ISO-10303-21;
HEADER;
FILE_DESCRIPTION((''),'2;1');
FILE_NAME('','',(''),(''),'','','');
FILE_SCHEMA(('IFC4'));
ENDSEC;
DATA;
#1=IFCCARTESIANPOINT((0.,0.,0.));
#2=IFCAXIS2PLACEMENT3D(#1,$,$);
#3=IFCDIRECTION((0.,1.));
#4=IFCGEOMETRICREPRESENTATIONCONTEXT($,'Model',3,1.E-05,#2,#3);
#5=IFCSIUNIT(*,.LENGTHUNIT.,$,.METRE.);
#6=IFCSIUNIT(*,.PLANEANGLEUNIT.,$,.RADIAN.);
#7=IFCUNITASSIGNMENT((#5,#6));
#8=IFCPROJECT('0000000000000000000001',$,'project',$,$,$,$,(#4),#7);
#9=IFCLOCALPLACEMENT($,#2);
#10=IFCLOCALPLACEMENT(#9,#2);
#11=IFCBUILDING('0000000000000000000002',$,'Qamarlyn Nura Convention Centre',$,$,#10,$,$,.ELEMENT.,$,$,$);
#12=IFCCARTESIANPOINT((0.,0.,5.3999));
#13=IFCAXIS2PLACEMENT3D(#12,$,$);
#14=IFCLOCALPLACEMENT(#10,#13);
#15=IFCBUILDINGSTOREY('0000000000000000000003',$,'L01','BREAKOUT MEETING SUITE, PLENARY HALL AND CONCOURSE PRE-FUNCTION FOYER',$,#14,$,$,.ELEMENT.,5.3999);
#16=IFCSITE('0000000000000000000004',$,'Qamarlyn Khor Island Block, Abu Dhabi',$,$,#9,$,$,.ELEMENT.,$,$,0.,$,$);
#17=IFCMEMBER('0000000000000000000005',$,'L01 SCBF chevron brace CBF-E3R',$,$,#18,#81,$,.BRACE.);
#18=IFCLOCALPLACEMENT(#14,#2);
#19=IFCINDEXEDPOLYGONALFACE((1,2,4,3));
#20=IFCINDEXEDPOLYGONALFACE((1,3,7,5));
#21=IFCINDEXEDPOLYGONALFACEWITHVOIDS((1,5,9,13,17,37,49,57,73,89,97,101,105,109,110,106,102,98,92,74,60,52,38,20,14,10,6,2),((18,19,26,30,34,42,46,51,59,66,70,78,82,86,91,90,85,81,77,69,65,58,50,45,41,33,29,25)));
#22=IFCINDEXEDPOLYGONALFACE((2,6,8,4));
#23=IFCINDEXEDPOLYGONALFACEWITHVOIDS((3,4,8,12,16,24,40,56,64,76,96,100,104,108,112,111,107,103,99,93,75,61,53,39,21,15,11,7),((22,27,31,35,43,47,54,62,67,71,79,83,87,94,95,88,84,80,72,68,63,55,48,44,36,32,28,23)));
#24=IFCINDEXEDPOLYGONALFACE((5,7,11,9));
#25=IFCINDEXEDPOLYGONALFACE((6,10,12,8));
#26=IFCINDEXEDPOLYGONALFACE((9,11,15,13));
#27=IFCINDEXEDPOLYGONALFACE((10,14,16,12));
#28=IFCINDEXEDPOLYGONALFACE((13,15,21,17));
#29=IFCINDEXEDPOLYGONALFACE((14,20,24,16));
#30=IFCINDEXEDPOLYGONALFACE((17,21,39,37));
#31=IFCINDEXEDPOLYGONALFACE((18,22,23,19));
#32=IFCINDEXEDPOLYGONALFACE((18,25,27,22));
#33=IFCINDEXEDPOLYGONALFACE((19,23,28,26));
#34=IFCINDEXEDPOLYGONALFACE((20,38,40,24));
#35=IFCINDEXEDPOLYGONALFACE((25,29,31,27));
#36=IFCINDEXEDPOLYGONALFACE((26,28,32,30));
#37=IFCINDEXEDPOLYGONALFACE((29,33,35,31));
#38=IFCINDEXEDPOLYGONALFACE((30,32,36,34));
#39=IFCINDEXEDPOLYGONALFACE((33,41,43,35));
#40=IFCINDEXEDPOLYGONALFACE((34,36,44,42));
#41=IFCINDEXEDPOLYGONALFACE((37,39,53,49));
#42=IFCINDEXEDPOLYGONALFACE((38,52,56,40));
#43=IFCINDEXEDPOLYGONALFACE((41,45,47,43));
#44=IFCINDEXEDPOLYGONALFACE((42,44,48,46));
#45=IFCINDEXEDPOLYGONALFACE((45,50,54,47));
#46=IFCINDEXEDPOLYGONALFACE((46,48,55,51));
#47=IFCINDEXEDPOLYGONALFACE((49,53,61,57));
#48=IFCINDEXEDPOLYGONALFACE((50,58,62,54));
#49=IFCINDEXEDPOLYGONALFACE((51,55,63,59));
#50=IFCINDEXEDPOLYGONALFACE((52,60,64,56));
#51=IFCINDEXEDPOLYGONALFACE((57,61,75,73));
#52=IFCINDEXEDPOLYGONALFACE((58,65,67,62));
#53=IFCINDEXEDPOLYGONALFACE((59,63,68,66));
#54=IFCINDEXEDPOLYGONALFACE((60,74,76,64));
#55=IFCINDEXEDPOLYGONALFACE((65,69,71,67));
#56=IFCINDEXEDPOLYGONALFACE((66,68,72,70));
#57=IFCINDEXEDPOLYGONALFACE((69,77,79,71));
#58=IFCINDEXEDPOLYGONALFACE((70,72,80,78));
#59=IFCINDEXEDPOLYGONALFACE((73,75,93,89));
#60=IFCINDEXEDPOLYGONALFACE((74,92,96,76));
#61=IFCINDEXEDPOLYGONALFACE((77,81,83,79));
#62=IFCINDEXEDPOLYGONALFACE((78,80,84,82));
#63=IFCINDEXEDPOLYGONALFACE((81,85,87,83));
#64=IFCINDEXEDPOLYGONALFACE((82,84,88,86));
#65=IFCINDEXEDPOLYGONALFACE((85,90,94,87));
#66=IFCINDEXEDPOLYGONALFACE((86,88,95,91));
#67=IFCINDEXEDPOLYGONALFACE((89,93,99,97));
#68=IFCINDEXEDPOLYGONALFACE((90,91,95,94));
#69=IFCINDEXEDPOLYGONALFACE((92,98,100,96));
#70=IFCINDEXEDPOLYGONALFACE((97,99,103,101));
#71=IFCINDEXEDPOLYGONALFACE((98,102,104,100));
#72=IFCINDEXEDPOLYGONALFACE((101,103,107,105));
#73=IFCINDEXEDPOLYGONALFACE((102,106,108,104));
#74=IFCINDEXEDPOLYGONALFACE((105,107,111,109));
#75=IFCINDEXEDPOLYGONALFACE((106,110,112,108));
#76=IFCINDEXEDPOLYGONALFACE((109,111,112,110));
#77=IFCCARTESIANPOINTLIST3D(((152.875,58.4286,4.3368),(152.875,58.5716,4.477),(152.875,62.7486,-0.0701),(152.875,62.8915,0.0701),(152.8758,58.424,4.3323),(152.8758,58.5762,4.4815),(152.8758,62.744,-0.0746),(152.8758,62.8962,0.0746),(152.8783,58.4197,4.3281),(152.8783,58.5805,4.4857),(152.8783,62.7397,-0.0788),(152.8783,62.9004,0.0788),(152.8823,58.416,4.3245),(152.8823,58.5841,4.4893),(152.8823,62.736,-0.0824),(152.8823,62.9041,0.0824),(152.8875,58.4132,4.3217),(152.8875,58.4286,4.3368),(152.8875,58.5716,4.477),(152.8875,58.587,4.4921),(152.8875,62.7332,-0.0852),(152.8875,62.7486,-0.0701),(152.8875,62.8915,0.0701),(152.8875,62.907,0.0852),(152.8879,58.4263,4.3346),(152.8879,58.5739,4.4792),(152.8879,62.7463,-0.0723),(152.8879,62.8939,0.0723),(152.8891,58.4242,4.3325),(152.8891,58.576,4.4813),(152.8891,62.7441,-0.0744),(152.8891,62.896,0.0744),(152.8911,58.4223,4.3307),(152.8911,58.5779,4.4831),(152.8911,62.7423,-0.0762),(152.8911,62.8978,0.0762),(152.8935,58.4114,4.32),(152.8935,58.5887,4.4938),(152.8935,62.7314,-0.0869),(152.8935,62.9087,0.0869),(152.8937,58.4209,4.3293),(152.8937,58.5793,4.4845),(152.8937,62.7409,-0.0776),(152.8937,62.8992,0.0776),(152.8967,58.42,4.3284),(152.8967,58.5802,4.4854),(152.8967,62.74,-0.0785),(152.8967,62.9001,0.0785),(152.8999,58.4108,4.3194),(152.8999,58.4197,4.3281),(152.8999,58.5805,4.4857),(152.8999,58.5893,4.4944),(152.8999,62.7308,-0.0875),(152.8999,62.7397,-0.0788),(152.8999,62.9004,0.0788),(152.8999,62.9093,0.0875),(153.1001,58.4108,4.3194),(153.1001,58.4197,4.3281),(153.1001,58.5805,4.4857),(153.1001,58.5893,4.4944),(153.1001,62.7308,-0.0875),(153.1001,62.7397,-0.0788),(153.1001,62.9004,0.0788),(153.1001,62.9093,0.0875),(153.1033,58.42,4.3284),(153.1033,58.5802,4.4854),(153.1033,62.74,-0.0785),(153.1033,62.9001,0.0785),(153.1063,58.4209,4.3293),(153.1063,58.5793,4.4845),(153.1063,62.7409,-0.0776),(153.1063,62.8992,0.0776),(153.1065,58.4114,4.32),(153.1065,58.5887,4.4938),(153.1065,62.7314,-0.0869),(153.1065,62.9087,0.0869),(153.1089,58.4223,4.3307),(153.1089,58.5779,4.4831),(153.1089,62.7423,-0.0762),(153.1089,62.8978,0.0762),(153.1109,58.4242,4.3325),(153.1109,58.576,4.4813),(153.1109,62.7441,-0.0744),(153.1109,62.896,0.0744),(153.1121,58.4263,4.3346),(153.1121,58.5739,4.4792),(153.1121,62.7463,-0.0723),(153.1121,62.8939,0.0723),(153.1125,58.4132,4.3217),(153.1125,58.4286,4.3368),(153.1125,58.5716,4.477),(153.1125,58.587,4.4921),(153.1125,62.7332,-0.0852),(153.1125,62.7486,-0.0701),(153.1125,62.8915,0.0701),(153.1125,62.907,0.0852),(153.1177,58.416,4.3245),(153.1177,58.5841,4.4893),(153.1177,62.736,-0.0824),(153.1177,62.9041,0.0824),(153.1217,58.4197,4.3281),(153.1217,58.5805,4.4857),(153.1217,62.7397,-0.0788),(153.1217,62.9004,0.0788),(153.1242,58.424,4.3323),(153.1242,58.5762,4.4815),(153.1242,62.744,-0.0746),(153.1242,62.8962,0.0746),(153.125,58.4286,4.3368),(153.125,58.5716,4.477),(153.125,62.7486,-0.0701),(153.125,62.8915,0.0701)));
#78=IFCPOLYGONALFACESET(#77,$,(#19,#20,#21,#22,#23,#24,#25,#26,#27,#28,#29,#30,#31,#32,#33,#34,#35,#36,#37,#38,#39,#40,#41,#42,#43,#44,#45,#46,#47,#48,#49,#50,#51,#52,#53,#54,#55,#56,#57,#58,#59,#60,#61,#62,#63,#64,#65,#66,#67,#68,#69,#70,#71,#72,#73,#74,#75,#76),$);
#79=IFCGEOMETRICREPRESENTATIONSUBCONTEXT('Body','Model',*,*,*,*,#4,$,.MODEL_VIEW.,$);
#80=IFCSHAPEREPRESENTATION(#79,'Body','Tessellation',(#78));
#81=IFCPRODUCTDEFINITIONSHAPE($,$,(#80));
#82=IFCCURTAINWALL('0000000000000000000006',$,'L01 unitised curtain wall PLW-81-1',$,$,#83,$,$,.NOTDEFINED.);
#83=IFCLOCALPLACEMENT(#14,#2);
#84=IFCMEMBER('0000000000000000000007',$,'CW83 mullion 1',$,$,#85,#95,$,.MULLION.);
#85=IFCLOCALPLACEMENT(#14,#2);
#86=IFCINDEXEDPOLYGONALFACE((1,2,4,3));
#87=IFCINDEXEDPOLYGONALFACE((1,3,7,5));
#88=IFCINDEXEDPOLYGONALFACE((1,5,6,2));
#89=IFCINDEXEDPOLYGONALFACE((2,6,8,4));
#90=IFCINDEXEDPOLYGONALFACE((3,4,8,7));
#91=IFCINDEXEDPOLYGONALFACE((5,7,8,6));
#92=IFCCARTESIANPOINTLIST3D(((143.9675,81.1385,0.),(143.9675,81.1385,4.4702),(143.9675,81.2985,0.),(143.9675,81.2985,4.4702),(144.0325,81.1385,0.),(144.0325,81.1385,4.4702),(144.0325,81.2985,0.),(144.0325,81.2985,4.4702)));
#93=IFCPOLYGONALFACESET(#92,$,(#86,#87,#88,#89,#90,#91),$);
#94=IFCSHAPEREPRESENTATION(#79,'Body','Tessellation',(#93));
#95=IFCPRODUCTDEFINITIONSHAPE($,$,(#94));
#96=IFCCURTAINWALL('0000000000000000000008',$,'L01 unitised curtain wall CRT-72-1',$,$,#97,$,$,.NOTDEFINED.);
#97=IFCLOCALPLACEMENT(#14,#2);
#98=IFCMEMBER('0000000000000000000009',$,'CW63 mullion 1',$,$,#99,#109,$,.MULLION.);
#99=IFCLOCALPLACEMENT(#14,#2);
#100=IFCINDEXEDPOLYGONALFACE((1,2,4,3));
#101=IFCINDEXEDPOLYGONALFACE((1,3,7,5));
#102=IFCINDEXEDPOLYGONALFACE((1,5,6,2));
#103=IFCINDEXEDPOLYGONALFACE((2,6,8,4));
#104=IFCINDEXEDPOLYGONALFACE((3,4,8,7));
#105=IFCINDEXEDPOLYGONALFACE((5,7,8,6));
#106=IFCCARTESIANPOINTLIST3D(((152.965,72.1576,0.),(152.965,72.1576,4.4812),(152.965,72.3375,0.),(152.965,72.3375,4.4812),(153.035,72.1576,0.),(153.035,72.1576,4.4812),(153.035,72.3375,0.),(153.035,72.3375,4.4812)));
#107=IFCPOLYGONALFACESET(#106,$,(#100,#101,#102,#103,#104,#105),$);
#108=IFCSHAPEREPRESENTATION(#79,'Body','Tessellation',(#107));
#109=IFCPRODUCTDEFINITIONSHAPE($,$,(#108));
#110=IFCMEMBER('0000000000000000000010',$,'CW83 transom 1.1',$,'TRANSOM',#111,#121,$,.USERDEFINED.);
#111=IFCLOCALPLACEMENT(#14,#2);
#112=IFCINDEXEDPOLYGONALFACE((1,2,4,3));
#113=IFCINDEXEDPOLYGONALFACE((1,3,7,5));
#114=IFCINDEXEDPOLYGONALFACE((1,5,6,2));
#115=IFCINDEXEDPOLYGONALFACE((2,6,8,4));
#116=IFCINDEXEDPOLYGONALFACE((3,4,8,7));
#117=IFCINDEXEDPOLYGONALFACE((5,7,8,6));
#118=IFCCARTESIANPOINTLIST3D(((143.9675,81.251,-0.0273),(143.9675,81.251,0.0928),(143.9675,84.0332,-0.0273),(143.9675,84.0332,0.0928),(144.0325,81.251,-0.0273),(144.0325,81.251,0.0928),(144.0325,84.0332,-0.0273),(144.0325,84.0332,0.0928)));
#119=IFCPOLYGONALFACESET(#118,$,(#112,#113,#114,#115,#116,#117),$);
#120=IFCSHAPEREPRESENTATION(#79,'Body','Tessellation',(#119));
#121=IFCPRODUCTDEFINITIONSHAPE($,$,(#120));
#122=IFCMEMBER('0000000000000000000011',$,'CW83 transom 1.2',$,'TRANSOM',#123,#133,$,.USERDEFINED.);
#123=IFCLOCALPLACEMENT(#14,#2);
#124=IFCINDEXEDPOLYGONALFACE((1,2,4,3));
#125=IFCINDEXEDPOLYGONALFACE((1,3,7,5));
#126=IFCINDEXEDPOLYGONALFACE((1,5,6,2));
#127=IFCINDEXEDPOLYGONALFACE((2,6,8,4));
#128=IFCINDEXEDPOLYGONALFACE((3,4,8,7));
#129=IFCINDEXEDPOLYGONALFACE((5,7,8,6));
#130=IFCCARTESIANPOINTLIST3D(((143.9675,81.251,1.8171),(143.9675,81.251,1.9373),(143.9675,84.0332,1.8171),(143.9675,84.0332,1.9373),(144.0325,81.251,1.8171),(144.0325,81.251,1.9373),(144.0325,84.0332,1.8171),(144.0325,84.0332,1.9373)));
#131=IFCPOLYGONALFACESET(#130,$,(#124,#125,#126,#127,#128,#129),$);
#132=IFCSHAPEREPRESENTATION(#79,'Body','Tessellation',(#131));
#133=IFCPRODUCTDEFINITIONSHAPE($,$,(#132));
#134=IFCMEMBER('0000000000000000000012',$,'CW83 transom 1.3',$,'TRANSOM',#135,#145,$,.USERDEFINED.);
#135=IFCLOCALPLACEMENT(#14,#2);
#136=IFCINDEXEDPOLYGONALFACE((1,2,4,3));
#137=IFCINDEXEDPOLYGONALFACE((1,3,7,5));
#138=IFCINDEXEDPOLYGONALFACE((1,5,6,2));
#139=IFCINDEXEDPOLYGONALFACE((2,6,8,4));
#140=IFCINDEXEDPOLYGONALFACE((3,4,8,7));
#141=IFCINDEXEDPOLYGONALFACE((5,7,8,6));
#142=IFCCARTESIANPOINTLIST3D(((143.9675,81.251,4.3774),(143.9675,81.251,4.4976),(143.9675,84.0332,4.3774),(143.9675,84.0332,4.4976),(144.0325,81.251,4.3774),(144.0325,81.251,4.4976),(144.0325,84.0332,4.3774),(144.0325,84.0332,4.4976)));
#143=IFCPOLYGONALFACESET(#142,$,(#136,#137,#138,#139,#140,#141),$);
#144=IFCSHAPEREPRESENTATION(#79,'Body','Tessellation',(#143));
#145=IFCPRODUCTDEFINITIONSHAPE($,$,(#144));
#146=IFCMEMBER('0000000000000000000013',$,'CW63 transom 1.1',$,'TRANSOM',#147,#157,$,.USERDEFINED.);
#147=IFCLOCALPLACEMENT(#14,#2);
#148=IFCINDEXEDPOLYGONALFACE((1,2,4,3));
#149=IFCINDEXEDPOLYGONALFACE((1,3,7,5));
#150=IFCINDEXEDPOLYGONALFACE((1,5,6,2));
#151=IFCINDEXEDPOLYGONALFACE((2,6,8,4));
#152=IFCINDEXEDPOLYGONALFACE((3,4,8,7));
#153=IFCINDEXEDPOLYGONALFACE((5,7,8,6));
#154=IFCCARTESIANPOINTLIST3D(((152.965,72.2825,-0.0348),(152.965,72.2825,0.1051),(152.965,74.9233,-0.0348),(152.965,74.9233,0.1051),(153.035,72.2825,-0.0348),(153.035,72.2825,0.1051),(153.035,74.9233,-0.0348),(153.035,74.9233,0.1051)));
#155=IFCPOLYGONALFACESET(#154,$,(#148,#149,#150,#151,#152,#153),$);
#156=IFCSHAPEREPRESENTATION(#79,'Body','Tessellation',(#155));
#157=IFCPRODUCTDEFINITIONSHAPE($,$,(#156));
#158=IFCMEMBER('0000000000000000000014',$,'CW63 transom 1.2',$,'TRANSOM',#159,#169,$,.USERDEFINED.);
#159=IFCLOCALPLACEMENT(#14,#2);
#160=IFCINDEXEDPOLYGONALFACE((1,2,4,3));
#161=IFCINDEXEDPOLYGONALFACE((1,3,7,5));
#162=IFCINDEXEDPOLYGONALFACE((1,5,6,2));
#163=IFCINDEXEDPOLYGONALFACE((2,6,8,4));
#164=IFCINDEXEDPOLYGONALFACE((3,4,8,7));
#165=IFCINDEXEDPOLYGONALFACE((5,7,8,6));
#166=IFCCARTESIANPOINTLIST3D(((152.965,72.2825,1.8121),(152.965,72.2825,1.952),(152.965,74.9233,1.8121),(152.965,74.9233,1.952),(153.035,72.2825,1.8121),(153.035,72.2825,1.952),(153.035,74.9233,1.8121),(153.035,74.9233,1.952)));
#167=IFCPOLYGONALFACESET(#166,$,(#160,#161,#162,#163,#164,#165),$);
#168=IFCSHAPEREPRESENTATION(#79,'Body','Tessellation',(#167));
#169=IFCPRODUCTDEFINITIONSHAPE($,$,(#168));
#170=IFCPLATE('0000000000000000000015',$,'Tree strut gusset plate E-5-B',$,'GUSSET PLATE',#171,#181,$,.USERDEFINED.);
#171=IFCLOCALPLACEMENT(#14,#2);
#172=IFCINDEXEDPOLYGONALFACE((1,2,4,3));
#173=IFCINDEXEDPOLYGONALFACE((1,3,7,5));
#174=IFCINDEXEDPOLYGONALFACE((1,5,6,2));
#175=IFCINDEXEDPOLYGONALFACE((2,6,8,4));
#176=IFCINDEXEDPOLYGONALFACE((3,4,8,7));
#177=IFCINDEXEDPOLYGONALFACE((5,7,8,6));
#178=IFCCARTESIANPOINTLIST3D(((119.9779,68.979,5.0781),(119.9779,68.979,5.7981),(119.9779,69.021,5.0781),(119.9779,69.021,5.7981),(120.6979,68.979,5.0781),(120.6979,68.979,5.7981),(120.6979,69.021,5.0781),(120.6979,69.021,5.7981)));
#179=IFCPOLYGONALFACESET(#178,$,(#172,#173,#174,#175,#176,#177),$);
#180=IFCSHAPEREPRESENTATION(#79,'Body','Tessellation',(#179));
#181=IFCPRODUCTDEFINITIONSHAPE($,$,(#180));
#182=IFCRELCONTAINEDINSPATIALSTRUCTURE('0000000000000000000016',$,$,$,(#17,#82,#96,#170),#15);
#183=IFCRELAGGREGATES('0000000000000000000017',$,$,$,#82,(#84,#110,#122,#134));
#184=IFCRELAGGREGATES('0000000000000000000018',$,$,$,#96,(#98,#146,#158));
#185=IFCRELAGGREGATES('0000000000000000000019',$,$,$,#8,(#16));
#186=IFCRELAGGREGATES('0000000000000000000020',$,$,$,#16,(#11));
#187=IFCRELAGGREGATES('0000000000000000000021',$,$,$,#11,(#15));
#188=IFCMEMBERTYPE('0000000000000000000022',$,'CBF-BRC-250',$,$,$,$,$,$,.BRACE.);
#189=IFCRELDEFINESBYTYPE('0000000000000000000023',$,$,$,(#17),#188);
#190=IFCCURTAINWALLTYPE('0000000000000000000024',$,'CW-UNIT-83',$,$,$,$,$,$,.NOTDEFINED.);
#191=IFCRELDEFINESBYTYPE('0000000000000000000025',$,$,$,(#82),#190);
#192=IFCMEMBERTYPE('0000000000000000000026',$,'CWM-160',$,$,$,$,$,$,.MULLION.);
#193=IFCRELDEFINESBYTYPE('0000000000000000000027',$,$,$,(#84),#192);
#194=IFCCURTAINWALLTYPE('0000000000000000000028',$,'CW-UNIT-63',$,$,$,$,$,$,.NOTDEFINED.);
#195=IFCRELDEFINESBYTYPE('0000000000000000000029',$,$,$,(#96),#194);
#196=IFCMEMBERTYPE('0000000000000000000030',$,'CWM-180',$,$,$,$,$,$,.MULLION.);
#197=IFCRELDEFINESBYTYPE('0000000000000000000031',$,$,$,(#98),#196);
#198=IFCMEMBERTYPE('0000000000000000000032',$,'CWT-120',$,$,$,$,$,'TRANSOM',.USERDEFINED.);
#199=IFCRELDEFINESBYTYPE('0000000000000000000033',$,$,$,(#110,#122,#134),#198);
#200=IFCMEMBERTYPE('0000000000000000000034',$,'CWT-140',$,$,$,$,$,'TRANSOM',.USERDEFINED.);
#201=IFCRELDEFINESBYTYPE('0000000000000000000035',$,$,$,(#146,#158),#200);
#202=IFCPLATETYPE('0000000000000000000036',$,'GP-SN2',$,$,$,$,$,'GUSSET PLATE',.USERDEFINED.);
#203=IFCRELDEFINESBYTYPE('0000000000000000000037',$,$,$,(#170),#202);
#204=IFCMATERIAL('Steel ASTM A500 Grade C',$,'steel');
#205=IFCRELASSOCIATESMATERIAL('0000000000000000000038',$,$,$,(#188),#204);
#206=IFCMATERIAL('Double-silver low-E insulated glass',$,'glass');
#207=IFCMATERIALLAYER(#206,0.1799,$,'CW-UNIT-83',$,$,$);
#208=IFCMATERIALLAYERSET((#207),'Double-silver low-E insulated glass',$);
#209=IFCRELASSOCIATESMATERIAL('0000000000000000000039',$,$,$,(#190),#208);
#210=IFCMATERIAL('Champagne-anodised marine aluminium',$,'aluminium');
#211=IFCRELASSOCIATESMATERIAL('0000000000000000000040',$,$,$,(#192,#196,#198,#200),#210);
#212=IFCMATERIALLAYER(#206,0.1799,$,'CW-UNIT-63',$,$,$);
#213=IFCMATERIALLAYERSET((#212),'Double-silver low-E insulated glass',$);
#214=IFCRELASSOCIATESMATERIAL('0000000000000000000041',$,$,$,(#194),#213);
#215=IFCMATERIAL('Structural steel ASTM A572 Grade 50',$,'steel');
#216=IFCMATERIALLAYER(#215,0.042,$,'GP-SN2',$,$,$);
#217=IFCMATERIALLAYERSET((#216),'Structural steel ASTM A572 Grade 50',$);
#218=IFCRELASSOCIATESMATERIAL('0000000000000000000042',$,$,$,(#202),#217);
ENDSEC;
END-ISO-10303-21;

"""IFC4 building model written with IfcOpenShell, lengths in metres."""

from ifc_helpers import new_model, si_unit, direction, frame, origin, origin_2d, place, context, subcontext, project, spatial, rectangle, hollow_rectangle, extrude, material, layer, layer_set, material_profile, profile_set, type_object, element, aggregate, save


model = new_model("IFC4")

# Units and contexts
model_context = context("Model", 3, precision=1e-05, world=origin(), true_north=direction((0.0, 1.0)))
body_context = subcontext(model_context, "Body", "Model", "MODEL_VIEW")
ifc_project = project(units=[si_unit("LENGTHUNIT", "METRE"), si_unit("PLANEANGLEUNIT", "RADIAN")], contexts=[model_context])

# Site, building, storey
site_placement = place(None, origin())
site = spatial("IfcSite", under=ifc_project, at=site_placement, Name="Qamarlyn Khor Island Block, Abu Dhabi", CompositionType="ELEMENT", RefElevation=0.0)
building_placement = place(site_placement, origin())
building = spatial("IfcBuilding", under=site, at=building_placement, Name="Qamarlyn Nura Convention Centre", CompositionType="ELEMENT")
storey_placement = place(building_placement, frame((0.0, 0.0, 5.3999)))
storey = spatial("IfcBuildingStorey", under=building, at=storey_placement, Name="L01", Description="BREAKOUT MEETING SUITE, PLENARY HALL AND CONCOURSE PRE-FUNCTION FOYER", CompositionType="ELEMENT", Elevation=5.3999)

# Shared definitions
ifc_material_1 = material(Name="Steel ASTM A500 Grade C", Category="steel")

# Member
ifc_material_profile_1 = material_profile(ifc_material_1, hollow_rectangle(XDim=0.25, YDim=0.25, WallThickness=0.0125, InnerFilletRadius=0.0125, OuterFilletRadius=0.0249, at=origin_2d()), Name="HSS250X250X12.5")
ifc_profile_set_1 = profile_set([ifc_material_profile_1], Name="Steel ASTM A500 Grade C")
member_type_1 = type_object("IfcMemberType", Name="CBF-BRC-250", PredefinedType="BRACE", material=ifc_profile_set_1)
member_1_placement = place(storey_placement, frame((153.0, 62.8201, 0.0), z_axis=(0.0, -0.70003, 0.714114), x_axis=(1.0, 0.0, 0.0)))
element("IfcMember", 1, at=member_1_placement, inside=storey, type_object=member_type_1, Name="L01 SCBF chevron brace CBF-E3R", PredefinedType="BRACE", context=body_context, shape_type="SweptSolid", body=[
    extrude(hollow_rectangle(XDim=0.25, YDim=0.25, WallThickness=0.0125, InnerFilletRadius=0.0125, OuterFilletRadius=0.0249, at=origin_2d()), origin(), (0.0, 0.0, 1.0), 6.1711),
])

# Curtain walls, members
ifc_material_2 = material(Name="Double-silver low-E insulated glass", Category="glass")
ifc_layer_1 = layer(ifc_material_2, 0.1799, Name="CW-UNIT-83")
ifc_layer_set_1 = layer_set([ifc_layer_1], Name="Double-silver low-E insulated glass")
curtain_wall_type_1 = type_object("IfcCurtainWallType", Name="CW-UNIT-83", PredefinedType="NOTDEFINED", material=ifc_layer_set_1)
curtain_wall_1_placement = place(storey_placement, origin())
curtain_wall_1 = element("IfcCurtainWall", 2, at=curtain_wall_1_placement, inside=storey, type_object=curtain_wall_type_1, Name="L01 unitised curtain wall PLW-81-1", PredefinedType="NOTDEFINED")
ifc_material_3 = material(Name="Champagne-anodised marine aluminium", Category="aluminium")
ifc_material_profile_2 = material_profile(ifc_material_3, rectangle(XDim=0.0649, YDim=0.1599, at=origin_2d()), Name="ALU MULLION 65x160")
ifc_profile_set_2 = profile_set([ifc_material_profile_2], Name="Champagne-anodised marine aluminium")
member_type_2 = type_object("IfcMemberType", Name="CWM-160", PredefinedType="MULLION", material=ifc_profile_set_2)
member_2_placement = place(storey_placement, frame((144.0, 81.2185, 0.0), z_axis=(0.0, 0.0, 1.0), x_axis=(-1.0, 0.0, 0.0)))
member_2 = element("IfcMember", 3, at=member_2_placement, type_object=member_type_2, Name="CW83 mullion 1", PredefinedType="MULLION", context=body_context, shape_type="SweptSolid", body=[
    extrude(rectangle(XDim=0.0649, YDim=0.1599, at=origin_2d()), origin(), (0.0, 0.0, 1.0), 4.4702),
])
ifc_layer_2 = layer(ifc_material_2, 0.1799, Name="CW-UNIT-63")
ifc_layer_set_2 = layer_set([ifc_layer_2], Name="Double-silver low-E insulated glass")
curtain_wall_type_2 = type_object("IfcCurtainWallType", Name="CW-UNIT-63", PredefinedType="NOTDEFINED", material=ifc_layer_set_2)
curtain_wall_2_placement = place(storey_placement, origin())
curtain_wall_2 = element("IfcCurtainWall", 4, at=curtain_wall_2_placement, inside=storey, type_object=curtain_wall_type_2, Name="L01 unitised curtain wall CRT-72-1", PredefinedType="NOTDEFINED")
ifc_material_profile_3 = material_profile(ifc_material_3, rectangle(XDim=0.0701, YDim=0.1799, at=origin_2d()), Name="ALU MULLION 70x180")
ifc_profile_set_3 = profile_set([ifc_material_profile_3], Name="Champagne-anodised marine aluminium")
member_type_3 = type_object("IfcMemberType", Name="CWM-180", PredefinedType="MULLION", material=ifc_profile_set_3)
member_3_placement = place(storey_placement, frame((153.0, 72.2476, 0.0), z_axis=(0.0, 0.0, 1.0), x_axis=(-1.0, 0.0, 0.0)))
member_3 = element("IfcMember", 5, at=member_3_placement, type_object=member_type_3, Name="CW63 mullion 1", PredefinedType="MULLION", context=body_context, shape_type="SweptSolid", body=[
    extrude(rectangle(XDim=0.0701, YDim=0.1799, at=origin_2d()), origin(), (0.0, 0.0, 1.0), 4.4812),
])

# Members
ifc_material_profile_4 = material_profile(ifc_material_3, rectangle(XDim=0.0649, YDim=0.1201, at=origin_2d()), Name="ALU TRANSOM 65x120")
ifc_profile_set_4 = profile_set([ifc_material_profile_4], Name="Champagne-anodised marine aluminium")
member_type_4 = type_object("IfcMemberType", Name="CWT-120", ElementType="TRANSOM", PredefinedType="USERDEFINED", material=ifc_profile_set_4)
member_4_placement = place(storey_placement, frame((144.0, 81.251, 0.0327), z_axis=(0.0, 1.0, 0.0), x_axis=(-1.0, 0.0, 0.0)))
member_4 = element("IfcMember", 6, at=member_4_placement, type_object=member_type_4, Name="CW83 transom 1.1", ObjectType="TRANSOM", PredefinedType="USERDEFINED", context=body_context, shape_type="SweptSolid", body=[
    extrude(rectangle(XDim=0.0649, YDim=0.1201, at=origin_2d()), origin(), (0.0, 0.0, 1.0), 2.7822),
])
member_5_placement = place(storey_placement, frame((144.0, 81.251, 1.8772), z_axis=(0.0, 1.0, 0.0), x_axis=(-1.0, 0.0, 0.0)))
member_5 = element("IfcMember", 7, at=member_5_placement, type_object=member_type_4, Name="CW83 transom 1.2", ObjectType="TRANSOM", PredefinedType="USERDEFINED", context=body_context, shape_type="SweptSolid", body=[
    extrude(rectangle(XDim=0.0649, YDim=0.1201, at=origin_2d()), origin(), (0.0, 0.0, 1.0), 2.7822),
])
member_6_placement = place(storey_placement, frame((144.0, 81.251, 4.4375), z_axis=(0.0, 1.0, 0.0), x_axis=(-1.0, 0.0, 0.0)))
member_6 = element("IfcMember", 8, at=member_6_placement, type_object=member_type_4, Name="CW83 transom 1.3", ObjectType="TRANSOM", PredefinedType="USERDEFINED", context=body_context, shape_type="SweptSolid", body=[
    extrude(rectangle(XDim=0.0649, YDim=0.1201, at=origin_2d()), origin(), (0.0, 0.0, 1.0), 2.7822),
])
aggregate(curtain_wall_1, [member_2, member_4, member_5, member_6])
ifc_material_profile_5 = material_profile(ifc_material_3, rectangle(XDim=0.0701, YDim=0.1399, at=origin_2d()), Name="ALU TRANSOM 70x140")
ifc_profile_set_5 = profile_set([ifc_material_profile_5], Name="Champagne-anodised marine aluminium")
member_type_5 = type_object("IfcMemberType", Name="CWT-140", ElementType="TRANSOM", PredefinedType="USERDEFINED", material=ifc_profile_set_5)
member_7_placement = place(storey_placement, frame((153.0, 72.2825, 0.0352), z_axis=(0.0, 1.0, 0.0), x_axis=(-1.0, 0.0, 0.0)))
member_7 = element("IfcMember", 9, at=member_7_placement, type_object=member_type_5, Name="CW63 transom 1.1", ObjectType="TRANSOM", PredefinedType="USERDEFINED", context=body_context, shape_type="SweptSolid", body=[
    extrude(rectangle(XDim=0.0701, YDim=0.1399, at=origin_2d()), origin(), (0.0, 0.0, 1.0), 2.6409),
])
member_8_placement = place(storey_placement, frame((153.0, 72.2825, 1.8821), z_axis=(0.0, 1.0, 0.0), x_axis=(-1.0, 0.0, 0.0)))
member_8 = element("IfcMember", 10, at=member_8_placement, type_object=member_type_5, Name="CW63 transom 1.2", ObjectType="TRANSOM", PredefinedType="USERDEFINED", context=body_context, shape_type="SweptSolid", body=[
    extrude(rectangle(XDim=0.0701, YDim=0.1399, at=origin_2d()), origin(), (0.0, 0.0, 1.0), 2.6409),
])
aggregate(curtain_wall_2, [member_3, member_7, member_8])

# Plate
ifc_material_4 = material(Name="Structural steel ASTM A572 Grade 50", Category="steel")
ifc_layer_3 = layer(ifc_material_4, 0.042, Name="GP-SN2")
ifc_layer_set_3 = layer_set([ifc_layer_3], Name="Structural steel ASTM A572 Grade 50")
plate_type_1 = type_object("IfcPlateType", Name="GP-SN2", ElementType="GUSSET PLATE", PredefinedType="USERDEFINED", material=ifc_layer_set_3)
plate_placement = place(storey_placement, frame((120.3379, 69.0, 5.0781), z_axis=(0.0, 0.0, 1.0), x_axis=(1.0, 0.0, 0.0)))
element("IfcPlate", 11, at=plate_placement, inside=storey, type_object=plate_type_1, Name="Tree strut gusset plate E-5-B", ObjectType="GUSSET PLATE", PredefinedType="USERDEFINED", context=body_context, shape_type="SweptSolid", body=[
    extrude(rectangle(XDim=0.72, YDim=0.042, at=origin_2d()), origin(), (0.0, 0.0, 1.0), 0.72),
])

save(model, "model.ifc")
